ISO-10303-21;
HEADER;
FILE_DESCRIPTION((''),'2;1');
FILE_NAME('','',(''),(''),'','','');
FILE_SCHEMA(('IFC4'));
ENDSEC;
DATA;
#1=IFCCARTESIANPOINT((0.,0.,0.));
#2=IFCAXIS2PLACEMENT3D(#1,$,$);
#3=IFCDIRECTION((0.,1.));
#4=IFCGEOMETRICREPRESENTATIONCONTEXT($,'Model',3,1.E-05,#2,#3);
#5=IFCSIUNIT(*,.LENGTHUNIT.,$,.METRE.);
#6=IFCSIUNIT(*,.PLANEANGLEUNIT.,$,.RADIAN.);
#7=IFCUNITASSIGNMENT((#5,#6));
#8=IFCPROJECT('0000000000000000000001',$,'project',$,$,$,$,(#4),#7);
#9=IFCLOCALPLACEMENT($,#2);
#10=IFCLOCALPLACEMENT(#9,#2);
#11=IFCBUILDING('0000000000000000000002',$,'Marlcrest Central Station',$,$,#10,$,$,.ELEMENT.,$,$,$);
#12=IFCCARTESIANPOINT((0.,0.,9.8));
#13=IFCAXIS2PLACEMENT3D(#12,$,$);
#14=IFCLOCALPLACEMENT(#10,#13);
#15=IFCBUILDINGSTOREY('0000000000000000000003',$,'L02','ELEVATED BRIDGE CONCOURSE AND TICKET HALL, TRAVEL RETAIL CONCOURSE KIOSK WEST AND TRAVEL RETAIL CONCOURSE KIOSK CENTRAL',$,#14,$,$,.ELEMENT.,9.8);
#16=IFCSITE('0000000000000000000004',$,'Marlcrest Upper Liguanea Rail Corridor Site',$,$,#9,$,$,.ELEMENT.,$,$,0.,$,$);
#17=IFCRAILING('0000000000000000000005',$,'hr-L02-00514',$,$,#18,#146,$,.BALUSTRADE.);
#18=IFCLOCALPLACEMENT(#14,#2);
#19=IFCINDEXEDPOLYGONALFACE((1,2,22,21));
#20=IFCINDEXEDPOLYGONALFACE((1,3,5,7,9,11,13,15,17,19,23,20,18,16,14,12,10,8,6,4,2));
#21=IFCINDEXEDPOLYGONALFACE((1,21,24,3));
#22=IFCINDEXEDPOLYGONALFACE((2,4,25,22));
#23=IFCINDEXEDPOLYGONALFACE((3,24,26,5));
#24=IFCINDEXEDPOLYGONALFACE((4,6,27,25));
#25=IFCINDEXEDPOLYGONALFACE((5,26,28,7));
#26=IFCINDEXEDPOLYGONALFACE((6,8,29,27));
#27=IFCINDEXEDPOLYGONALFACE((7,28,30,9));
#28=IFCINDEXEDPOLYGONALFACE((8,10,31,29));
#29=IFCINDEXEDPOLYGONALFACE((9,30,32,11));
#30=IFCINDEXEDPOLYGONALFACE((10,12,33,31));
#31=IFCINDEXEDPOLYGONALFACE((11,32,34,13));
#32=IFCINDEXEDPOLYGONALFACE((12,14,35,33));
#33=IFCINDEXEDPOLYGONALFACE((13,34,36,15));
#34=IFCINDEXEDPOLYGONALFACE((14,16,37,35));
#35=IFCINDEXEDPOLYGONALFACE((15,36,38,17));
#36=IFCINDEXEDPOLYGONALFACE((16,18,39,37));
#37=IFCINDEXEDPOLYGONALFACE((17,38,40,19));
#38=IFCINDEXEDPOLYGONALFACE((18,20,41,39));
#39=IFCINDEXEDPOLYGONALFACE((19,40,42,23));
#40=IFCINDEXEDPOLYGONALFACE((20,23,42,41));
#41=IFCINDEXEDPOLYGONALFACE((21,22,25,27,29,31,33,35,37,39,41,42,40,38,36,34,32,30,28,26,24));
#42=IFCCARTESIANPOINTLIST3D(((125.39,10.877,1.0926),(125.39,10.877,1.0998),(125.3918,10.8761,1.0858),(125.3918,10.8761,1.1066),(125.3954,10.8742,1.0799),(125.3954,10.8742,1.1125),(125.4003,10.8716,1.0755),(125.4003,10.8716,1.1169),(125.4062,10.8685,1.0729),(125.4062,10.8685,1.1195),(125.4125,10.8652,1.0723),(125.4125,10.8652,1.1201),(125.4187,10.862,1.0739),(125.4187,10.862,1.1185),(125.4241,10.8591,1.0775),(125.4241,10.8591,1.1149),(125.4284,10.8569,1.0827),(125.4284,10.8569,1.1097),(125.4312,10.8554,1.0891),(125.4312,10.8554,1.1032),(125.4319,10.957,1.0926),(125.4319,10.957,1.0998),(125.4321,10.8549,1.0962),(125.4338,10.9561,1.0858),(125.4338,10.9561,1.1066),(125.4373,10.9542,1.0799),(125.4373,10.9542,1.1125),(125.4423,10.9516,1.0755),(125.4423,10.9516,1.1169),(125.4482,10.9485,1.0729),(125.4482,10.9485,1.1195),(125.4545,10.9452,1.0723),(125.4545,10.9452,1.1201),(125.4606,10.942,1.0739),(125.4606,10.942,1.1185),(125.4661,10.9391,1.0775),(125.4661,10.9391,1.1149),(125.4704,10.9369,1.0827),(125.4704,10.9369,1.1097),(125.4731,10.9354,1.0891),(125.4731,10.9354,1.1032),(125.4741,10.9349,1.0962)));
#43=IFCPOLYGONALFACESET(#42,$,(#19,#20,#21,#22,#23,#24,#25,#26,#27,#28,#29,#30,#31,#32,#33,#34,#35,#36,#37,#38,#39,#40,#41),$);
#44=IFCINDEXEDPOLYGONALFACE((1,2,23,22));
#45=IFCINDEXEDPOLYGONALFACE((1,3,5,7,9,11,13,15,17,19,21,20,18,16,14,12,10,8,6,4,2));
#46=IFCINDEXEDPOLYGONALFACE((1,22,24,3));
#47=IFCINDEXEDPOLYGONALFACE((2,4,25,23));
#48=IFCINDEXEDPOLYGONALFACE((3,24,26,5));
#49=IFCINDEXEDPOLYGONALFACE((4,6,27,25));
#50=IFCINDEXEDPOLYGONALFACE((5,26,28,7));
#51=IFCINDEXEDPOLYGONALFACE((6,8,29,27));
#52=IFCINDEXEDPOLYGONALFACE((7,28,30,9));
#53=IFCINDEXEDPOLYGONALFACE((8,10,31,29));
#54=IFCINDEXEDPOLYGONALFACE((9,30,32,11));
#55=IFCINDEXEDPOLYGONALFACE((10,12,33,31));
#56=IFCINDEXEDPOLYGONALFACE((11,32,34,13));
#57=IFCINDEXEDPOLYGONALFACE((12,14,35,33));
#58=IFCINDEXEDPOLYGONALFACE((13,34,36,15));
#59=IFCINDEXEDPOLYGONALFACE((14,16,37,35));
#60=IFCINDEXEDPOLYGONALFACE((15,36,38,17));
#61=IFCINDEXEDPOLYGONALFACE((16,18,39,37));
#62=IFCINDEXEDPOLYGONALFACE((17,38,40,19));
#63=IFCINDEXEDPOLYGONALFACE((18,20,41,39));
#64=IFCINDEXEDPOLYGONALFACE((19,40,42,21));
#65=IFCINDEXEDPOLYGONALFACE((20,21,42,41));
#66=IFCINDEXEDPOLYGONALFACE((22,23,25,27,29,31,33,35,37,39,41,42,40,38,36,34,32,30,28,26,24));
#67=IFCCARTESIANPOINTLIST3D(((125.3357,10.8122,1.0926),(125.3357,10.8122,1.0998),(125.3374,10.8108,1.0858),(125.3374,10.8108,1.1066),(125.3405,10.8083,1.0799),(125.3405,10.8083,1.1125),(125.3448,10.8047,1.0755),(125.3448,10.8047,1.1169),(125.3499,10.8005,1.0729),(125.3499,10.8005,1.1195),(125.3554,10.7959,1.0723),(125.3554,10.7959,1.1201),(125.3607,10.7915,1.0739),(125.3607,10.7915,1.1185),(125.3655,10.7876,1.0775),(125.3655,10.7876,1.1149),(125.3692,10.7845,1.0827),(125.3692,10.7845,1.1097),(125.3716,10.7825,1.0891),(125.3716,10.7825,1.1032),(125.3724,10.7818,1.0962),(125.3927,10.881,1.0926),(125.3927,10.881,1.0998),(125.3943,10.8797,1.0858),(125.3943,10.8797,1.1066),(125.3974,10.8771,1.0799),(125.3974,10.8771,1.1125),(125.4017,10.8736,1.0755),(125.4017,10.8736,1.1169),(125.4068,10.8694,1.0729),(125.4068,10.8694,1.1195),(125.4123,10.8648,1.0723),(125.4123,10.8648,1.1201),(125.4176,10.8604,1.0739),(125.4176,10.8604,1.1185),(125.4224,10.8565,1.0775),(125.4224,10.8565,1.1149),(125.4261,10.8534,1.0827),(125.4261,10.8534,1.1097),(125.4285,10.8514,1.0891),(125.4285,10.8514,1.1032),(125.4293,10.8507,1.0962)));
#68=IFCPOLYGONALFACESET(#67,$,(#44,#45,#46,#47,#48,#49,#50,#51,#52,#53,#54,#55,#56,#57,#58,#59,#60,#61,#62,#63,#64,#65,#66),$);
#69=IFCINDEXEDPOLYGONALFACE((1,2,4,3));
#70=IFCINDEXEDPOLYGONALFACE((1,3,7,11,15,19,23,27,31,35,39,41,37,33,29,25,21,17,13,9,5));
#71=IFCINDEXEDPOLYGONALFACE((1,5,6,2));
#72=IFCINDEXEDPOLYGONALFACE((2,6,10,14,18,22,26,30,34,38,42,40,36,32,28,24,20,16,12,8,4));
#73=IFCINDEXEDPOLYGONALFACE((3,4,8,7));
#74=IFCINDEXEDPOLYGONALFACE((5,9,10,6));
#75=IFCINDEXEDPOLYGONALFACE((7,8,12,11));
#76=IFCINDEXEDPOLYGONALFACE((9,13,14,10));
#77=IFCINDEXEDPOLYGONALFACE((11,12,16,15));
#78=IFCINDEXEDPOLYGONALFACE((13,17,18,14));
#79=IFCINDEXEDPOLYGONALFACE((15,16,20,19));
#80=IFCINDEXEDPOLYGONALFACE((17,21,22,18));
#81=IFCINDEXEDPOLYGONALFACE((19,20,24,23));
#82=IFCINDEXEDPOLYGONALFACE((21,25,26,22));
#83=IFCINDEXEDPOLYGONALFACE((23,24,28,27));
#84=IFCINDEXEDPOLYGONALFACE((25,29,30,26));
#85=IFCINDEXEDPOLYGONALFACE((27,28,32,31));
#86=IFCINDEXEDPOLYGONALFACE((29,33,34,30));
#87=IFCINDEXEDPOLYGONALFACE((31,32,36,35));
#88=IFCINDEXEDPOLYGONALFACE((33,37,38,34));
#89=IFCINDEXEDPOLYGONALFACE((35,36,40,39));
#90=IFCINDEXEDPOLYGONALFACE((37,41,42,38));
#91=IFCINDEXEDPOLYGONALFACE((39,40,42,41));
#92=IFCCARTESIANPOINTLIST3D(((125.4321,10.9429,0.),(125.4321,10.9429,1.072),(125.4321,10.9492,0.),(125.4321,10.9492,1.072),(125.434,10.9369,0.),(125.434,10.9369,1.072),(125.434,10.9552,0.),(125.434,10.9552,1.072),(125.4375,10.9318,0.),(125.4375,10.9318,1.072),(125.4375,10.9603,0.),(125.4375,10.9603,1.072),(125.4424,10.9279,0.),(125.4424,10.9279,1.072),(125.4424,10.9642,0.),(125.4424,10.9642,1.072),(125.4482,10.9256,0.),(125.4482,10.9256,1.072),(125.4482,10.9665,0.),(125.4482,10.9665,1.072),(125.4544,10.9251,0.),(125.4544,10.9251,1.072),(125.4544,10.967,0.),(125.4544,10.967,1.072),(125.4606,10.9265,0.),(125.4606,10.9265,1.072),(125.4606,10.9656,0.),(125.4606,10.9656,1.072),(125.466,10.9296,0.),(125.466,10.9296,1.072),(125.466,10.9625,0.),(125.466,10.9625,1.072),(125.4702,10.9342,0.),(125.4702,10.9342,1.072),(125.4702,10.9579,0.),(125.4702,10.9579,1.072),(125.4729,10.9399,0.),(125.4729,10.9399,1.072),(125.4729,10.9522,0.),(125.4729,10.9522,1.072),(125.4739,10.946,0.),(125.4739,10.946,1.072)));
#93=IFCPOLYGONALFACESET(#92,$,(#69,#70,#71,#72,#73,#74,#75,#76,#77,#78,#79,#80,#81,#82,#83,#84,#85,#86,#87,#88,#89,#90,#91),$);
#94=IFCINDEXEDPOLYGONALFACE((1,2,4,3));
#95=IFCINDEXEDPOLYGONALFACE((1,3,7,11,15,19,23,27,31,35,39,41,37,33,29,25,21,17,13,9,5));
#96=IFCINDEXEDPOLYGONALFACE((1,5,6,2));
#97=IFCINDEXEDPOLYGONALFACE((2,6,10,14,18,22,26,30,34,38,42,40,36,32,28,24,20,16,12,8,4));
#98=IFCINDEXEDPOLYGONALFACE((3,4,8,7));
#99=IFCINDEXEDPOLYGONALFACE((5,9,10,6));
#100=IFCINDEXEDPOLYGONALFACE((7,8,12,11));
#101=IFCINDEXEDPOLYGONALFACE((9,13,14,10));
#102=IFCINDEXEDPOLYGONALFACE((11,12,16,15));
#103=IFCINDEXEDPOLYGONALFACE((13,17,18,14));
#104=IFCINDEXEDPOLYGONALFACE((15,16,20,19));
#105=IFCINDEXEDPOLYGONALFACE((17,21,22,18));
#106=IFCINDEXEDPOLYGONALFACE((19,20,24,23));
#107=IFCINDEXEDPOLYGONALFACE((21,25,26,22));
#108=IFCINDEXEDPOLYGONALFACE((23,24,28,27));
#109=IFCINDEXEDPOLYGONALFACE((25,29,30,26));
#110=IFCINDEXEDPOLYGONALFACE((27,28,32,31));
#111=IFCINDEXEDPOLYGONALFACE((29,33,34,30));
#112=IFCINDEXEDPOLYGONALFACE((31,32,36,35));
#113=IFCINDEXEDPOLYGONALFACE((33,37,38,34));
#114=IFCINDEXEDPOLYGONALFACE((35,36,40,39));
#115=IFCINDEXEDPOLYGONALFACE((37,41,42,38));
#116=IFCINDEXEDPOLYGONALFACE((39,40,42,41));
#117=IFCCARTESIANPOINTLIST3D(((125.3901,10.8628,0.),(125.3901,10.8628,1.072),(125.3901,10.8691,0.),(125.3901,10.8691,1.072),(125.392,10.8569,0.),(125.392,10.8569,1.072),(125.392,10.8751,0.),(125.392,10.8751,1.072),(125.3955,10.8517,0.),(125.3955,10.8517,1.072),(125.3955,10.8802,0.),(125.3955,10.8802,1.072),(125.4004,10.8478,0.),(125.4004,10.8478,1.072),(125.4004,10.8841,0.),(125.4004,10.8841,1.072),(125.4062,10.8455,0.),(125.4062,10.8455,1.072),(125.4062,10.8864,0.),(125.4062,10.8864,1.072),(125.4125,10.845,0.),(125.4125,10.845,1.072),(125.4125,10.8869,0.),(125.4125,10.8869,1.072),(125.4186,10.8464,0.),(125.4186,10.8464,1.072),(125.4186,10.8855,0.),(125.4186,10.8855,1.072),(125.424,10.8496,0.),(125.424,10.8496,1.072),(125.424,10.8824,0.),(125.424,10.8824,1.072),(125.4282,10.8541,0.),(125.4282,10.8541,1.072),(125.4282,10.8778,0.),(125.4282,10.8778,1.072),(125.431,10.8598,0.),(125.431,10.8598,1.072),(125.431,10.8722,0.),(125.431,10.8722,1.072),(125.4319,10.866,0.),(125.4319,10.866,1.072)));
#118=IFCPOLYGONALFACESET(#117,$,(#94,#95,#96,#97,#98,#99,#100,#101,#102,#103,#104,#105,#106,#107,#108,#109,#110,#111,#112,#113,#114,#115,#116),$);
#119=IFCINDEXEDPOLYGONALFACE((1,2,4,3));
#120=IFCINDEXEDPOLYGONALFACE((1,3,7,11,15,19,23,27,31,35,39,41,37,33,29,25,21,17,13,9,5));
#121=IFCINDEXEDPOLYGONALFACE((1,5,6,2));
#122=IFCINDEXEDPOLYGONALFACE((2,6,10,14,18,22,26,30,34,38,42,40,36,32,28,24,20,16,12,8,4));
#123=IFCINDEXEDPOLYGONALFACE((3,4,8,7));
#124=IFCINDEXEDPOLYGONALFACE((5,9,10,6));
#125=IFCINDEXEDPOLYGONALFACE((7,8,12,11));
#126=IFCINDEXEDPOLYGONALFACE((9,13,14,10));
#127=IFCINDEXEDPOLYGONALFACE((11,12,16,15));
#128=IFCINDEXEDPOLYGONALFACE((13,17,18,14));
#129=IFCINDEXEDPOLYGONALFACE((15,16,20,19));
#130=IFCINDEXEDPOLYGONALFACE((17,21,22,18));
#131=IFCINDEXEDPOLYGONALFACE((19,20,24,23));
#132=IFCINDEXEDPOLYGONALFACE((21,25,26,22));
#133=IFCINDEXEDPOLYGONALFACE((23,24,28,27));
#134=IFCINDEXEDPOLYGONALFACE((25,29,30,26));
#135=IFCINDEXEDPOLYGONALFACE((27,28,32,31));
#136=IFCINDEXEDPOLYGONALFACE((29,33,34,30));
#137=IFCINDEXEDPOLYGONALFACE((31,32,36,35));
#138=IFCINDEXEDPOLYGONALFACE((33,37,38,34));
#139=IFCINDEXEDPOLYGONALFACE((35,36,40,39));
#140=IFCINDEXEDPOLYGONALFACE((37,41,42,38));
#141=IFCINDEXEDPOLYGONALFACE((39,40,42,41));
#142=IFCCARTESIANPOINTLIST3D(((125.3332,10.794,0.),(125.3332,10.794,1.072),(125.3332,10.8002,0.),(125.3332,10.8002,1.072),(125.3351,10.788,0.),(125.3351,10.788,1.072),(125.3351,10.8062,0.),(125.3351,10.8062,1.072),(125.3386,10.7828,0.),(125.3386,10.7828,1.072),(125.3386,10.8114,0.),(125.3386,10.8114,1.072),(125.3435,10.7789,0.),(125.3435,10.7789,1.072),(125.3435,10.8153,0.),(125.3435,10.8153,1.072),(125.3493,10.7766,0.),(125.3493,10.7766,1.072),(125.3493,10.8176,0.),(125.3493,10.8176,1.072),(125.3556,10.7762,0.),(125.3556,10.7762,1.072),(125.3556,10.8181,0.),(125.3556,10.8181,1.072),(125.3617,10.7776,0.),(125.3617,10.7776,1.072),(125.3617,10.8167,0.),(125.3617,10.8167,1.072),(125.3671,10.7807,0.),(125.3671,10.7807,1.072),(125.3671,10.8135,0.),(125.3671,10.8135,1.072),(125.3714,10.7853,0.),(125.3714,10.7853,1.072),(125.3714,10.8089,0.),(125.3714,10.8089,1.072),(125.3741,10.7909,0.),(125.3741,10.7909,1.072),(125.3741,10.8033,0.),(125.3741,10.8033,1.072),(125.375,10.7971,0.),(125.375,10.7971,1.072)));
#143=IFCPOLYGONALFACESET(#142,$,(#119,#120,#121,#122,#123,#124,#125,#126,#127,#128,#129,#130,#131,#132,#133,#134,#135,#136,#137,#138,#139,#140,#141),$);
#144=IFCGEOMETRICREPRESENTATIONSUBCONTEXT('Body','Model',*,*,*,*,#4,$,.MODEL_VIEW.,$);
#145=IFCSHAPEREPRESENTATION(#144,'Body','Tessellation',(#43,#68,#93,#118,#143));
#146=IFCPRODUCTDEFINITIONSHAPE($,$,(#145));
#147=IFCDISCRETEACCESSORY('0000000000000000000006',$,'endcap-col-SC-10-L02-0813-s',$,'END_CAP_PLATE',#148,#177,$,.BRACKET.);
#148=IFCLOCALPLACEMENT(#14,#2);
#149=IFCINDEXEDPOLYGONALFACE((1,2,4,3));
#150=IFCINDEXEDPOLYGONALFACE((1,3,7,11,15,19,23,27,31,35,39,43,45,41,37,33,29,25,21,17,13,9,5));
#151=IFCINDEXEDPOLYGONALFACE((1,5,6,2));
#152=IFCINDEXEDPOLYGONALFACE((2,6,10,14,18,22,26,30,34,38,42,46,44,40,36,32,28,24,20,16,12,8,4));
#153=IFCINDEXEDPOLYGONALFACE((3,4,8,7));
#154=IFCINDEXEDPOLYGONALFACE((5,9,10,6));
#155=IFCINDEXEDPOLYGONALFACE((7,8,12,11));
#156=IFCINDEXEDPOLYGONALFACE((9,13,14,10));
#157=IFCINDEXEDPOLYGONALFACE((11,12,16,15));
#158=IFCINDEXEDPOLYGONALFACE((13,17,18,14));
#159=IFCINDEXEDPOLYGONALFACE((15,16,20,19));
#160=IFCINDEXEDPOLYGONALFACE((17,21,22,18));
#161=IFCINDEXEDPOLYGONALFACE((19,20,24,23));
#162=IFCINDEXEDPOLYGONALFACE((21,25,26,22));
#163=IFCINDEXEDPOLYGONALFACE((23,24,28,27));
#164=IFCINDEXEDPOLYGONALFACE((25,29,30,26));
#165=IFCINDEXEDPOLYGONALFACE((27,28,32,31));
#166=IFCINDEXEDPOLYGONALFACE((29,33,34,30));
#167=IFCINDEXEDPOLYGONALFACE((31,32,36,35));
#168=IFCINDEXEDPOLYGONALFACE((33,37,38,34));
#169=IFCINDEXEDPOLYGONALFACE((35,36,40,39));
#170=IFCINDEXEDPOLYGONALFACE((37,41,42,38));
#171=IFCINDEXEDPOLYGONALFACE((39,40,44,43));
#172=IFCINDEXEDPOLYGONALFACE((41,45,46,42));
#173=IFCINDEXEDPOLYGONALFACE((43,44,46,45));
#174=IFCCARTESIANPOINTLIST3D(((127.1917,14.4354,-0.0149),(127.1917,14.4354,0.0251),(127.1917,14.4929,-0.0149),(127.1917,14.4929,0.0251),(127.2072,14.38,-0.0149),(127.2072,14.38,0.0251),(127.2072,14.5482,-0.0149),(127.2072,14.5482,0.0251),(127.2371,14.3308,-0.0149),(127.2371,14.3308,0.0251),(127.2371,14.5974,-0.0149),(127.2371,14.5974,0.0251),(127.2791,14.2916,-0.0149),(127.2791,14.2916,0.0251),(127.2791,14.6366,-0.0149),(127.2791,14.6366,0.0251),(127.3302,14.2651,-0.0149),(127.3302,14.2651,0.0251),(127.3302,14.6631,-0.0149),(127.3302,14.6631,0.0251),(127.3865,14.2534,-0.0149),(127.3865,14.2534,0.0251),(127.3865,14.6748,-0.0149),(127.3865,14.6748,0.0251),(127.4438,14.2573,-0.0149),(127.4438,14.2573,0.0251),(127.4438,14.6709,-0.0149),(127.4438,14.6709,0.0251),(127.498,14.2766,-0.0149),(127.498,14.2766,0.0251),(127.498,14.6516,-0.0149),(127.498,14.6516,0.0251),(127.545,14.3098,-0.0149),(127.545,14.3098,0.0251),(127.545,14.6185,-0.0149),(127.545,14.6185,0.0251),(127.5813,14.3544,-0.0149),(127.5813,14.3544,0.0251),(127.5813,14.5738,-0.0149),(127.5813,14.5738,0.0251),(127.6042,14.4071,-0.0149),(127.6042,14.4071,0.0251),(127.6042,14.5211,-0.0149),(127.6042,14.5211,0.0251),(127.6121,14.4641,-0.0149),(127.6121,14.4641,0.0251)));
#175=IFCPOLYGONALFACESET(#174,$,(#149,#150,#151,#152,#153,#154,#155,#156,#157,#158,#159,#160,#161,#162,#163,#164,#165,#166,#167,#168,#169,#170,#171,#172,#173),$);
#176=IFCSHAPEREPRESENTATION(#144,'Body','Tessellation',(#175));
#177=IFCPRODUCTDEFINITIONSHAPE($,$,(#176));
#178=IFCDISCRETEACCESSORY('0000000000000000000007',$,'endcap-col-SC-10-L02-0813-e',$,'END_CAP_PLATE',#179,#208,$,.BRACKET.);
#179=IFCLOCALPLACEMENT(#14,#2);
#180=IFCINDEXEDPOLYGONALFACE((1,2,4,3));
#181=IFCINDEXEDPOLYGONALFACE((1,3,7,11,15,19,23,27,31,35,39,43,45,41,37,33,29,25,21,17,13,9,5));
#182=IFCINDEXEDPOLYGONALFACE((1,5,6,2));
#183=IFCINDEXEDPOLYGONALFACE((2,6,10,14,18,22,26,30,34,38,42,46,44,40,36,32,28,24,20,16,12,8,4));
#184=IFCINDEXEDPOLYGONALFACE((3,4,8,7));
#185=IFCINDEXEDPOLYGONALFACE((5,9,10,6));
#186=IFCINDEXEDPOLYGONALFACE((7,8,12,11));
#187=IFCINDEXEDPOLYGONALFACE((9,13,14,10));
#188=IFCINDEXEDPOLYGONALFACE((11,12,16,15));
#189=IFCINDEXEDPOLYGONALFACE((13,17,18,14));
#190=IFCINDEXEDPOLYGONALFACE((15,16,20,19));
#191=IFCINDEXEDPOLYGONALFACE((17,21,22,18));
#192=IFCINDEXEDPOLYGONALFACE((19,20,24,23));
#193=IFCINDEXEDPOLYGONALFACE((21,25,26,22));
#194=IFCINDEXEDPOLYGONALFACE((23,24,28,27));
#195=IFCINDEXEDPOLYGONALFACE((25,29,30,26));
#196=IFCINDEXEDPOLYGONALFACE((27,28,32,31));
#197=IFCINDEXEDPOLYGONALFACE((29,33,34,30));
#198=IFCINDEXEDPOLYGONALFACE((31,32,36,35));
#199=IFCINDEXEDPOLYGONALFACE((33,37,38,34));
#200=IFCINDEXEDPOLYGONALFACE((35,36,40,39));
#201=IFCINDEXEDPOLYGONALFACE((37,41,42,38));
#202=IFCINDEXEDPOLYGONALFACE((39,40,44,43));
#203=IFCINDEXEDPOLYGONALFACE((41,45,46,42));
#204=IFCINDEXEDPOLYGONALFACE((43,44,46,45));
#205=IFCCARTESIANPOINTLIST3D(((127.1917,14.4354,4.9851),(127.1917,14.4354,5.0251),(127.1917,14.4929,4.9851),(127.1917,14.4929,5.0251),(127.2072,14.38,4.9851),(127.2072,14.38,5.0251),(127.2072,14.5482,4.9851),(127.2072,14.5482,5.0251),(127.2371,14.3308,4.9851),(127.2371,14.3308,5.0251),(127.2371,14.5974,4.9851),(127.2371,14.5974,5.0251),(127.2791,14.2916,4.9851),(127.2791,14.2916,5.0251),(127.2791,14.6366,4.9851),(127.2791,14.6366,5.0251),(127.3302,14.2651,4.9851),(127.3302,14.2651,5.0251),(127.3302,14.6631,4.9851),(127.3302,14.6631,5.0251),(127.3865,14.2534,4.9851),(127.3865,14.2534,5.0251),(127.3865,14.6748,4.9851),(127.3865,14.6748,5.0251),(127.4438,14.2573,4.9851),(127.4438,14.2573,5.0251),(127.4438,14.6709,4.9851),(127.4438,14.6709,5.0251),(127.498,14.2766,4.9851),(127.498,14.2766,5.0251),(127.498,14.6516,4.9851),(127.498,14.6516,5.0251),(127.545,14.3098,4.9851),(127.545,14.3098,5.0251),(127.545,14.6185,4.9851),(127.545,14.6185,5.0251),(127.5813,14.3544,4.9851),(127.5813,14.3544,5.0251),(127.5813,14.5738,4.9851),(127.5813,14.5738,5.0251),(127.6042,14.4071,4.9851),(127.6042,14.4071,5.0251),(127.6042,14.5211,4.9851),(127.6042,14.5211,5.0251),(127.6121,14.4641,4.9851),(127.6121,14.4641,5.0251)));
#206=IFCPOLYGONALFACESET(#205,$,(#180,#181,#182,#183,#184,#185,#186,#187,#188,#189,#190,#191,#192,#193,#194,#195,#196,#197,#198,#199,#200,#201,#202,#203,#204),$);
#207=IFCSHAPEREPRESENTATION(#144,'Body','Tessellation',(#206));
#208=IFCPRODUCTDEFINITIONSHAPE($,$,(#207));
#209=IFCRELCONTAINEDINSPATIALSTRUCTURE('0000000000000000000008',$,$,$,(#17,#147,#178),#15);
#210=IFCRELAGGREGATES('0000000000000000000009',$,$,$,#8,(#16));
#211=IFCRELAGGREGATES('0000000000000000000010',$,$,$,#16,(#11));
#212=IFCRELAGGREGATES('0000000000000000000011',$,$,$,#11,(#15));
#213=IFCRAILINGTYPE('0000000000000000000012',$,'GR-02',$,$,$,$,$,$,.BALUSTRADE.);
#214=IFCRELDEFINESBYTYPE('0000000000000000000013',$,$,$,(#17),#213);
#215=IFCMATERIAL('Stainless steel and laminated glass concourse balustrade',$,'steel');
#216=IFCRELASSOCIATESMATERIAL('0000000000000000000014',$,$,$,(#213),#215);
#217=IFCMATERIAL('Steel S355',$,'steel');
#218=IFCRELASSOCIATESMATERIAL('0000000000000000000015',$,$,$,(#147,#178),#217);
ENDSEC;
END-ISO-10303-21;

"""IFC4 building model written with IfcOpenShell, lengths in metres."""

from ifc_helpers import new_model, si_unit, direction, frame, origin, origin_2d, place, context, subcontext, project, spatial, circle, extrude, material, type_object, element, save


model = new_model("IFC4")

# Units and contexts
model_context = context("Model", 3, precision=1e-05, world=origin(), true_north=direction((0.0, 1.0)))
body_context = subcontext(model_context, "Body", "Model", "MODEL_VIEW")
ifc_project = project(units=[si_unit("LENGTHUNIT", "METRE"), si_unit("PLANEANGLEUNIT", "RADIAN")], contexts=[model_context])

# Site, building, storey
site_placement = place(None, origin())
site = spatial("IfcSite", under=ifc_project, at=site_placement, Name="Marlcrest Upper Liguanea Rail Corridor Site", CompositionType="ELEMENT", RefElevation=0.0)
building_placement = place(site_placement, origin())
building = spatial("IfcBuilding", under=site, at=building_placement, Name="Marlcrest Central Station", CompositionType="ELEMENT")
storey_placement = place(building_placement, frame((0.0, 0.0, 9.8)))
storey = spatial("IfcBuildingStorey", under=building, at=storey_placement, Name="L02", Description="ELEVATED BRIDGE CONCOURSE AND TICKET HALL, TRAVEL RETAIL CONCOURSE KIOSK WEST AND TRAVEL RETAIL CONCOURSE KIOSK CENTRAL", CompositionType="ELEMENT", Elevation=9.8)

# Shared definitions
ifc_material_1 = material(Name="Steel S355", Category="steel")

# Railing
ifc_material_2 = material(Name="Stainless steel and laminated glass concourse balustrade", Category="steel")
railing_type = type_object("IfcRailingType", Name="GR-02", PredefinedType="BALUSTRADE", material=ifc_material_2)
railing_1_placement = place(storey_placement, frame((125.4529, 10.946, 0.0)))
element("IfcRailing", 1, at=railing_1_placement, inside=storey, type_object=railing_type, Name="hr-L02-00514", PredefinedType="BALUSTRADE", context=body_context, shape_type="SweptSolid", body=[
    extrude(circle(Radius=0.0239, at=origin_2d()), frame((0.0, 0.0, 1.0962), z_axis=(-0.464411, -0.88562, 0.0), x_axis=(0.88562, -0.464411, 0.0)), (0.0, 0.0, 1.0), 0.0903),
    extrude(circle(Radius=0.0239, at=origin_2d()), frame((-0.042, -0.0801, 1.0962), z_axis=(-0.636952, -0.770903, 0.0), x_axis=(0.770903, -0.636952, 0.0)), (0.0, 0.0, 1.0), 0.0894),
    extrude(circle(Radius=0.021, at=origin_2d()), origin(), (0.0, 0.0, 1.0), 1.072),
    extrude(circle(Radius=0.021, at=origin_2d()), frame((-0.042, -0.0801, 0.0)), (0.0, 0.0, 1.0), 1.072),
    extrude(circle(Radius=0.021, at=origin_2d()), frame((-0.0989, -0.1489, 0.0)), (0.0, 0.0, 1.0), 1.072),
])

# Discrete accessories
for number, where, z_axis, x_axis, name in (
    (2, (127.4009, 14.4641, -0.0149), (0.0, 0.0, 1.0), (1.0, 0.0, 0.0), "endcap-col-SC-10-L02-0813-s"),
    (3, (127.4009, 14.4641, 4.9851), (0.0, 0.0, 1.0), (1.0, 0.0, 0.0), "endcap-col-SC-10-L02-0813-e"),
):
    element("IfcDiscreteAccessory", number, at=place(storey_placement, frame(where, z_axis=z_axis, x_axis=x_axis)), inside=storey, material=ifc_material_1, Name=name, ObjectType="END_CAP_PLATE", PredefinedType="BRACKET", context=body_context, shape_type="SweptSolid", body=[
        extrude(circle(Radius=0.2112, at=origin_2d()), origin(), (0.0, 0.0, 1.0), 0.04),
    ])

save(model, "model.ifc")
